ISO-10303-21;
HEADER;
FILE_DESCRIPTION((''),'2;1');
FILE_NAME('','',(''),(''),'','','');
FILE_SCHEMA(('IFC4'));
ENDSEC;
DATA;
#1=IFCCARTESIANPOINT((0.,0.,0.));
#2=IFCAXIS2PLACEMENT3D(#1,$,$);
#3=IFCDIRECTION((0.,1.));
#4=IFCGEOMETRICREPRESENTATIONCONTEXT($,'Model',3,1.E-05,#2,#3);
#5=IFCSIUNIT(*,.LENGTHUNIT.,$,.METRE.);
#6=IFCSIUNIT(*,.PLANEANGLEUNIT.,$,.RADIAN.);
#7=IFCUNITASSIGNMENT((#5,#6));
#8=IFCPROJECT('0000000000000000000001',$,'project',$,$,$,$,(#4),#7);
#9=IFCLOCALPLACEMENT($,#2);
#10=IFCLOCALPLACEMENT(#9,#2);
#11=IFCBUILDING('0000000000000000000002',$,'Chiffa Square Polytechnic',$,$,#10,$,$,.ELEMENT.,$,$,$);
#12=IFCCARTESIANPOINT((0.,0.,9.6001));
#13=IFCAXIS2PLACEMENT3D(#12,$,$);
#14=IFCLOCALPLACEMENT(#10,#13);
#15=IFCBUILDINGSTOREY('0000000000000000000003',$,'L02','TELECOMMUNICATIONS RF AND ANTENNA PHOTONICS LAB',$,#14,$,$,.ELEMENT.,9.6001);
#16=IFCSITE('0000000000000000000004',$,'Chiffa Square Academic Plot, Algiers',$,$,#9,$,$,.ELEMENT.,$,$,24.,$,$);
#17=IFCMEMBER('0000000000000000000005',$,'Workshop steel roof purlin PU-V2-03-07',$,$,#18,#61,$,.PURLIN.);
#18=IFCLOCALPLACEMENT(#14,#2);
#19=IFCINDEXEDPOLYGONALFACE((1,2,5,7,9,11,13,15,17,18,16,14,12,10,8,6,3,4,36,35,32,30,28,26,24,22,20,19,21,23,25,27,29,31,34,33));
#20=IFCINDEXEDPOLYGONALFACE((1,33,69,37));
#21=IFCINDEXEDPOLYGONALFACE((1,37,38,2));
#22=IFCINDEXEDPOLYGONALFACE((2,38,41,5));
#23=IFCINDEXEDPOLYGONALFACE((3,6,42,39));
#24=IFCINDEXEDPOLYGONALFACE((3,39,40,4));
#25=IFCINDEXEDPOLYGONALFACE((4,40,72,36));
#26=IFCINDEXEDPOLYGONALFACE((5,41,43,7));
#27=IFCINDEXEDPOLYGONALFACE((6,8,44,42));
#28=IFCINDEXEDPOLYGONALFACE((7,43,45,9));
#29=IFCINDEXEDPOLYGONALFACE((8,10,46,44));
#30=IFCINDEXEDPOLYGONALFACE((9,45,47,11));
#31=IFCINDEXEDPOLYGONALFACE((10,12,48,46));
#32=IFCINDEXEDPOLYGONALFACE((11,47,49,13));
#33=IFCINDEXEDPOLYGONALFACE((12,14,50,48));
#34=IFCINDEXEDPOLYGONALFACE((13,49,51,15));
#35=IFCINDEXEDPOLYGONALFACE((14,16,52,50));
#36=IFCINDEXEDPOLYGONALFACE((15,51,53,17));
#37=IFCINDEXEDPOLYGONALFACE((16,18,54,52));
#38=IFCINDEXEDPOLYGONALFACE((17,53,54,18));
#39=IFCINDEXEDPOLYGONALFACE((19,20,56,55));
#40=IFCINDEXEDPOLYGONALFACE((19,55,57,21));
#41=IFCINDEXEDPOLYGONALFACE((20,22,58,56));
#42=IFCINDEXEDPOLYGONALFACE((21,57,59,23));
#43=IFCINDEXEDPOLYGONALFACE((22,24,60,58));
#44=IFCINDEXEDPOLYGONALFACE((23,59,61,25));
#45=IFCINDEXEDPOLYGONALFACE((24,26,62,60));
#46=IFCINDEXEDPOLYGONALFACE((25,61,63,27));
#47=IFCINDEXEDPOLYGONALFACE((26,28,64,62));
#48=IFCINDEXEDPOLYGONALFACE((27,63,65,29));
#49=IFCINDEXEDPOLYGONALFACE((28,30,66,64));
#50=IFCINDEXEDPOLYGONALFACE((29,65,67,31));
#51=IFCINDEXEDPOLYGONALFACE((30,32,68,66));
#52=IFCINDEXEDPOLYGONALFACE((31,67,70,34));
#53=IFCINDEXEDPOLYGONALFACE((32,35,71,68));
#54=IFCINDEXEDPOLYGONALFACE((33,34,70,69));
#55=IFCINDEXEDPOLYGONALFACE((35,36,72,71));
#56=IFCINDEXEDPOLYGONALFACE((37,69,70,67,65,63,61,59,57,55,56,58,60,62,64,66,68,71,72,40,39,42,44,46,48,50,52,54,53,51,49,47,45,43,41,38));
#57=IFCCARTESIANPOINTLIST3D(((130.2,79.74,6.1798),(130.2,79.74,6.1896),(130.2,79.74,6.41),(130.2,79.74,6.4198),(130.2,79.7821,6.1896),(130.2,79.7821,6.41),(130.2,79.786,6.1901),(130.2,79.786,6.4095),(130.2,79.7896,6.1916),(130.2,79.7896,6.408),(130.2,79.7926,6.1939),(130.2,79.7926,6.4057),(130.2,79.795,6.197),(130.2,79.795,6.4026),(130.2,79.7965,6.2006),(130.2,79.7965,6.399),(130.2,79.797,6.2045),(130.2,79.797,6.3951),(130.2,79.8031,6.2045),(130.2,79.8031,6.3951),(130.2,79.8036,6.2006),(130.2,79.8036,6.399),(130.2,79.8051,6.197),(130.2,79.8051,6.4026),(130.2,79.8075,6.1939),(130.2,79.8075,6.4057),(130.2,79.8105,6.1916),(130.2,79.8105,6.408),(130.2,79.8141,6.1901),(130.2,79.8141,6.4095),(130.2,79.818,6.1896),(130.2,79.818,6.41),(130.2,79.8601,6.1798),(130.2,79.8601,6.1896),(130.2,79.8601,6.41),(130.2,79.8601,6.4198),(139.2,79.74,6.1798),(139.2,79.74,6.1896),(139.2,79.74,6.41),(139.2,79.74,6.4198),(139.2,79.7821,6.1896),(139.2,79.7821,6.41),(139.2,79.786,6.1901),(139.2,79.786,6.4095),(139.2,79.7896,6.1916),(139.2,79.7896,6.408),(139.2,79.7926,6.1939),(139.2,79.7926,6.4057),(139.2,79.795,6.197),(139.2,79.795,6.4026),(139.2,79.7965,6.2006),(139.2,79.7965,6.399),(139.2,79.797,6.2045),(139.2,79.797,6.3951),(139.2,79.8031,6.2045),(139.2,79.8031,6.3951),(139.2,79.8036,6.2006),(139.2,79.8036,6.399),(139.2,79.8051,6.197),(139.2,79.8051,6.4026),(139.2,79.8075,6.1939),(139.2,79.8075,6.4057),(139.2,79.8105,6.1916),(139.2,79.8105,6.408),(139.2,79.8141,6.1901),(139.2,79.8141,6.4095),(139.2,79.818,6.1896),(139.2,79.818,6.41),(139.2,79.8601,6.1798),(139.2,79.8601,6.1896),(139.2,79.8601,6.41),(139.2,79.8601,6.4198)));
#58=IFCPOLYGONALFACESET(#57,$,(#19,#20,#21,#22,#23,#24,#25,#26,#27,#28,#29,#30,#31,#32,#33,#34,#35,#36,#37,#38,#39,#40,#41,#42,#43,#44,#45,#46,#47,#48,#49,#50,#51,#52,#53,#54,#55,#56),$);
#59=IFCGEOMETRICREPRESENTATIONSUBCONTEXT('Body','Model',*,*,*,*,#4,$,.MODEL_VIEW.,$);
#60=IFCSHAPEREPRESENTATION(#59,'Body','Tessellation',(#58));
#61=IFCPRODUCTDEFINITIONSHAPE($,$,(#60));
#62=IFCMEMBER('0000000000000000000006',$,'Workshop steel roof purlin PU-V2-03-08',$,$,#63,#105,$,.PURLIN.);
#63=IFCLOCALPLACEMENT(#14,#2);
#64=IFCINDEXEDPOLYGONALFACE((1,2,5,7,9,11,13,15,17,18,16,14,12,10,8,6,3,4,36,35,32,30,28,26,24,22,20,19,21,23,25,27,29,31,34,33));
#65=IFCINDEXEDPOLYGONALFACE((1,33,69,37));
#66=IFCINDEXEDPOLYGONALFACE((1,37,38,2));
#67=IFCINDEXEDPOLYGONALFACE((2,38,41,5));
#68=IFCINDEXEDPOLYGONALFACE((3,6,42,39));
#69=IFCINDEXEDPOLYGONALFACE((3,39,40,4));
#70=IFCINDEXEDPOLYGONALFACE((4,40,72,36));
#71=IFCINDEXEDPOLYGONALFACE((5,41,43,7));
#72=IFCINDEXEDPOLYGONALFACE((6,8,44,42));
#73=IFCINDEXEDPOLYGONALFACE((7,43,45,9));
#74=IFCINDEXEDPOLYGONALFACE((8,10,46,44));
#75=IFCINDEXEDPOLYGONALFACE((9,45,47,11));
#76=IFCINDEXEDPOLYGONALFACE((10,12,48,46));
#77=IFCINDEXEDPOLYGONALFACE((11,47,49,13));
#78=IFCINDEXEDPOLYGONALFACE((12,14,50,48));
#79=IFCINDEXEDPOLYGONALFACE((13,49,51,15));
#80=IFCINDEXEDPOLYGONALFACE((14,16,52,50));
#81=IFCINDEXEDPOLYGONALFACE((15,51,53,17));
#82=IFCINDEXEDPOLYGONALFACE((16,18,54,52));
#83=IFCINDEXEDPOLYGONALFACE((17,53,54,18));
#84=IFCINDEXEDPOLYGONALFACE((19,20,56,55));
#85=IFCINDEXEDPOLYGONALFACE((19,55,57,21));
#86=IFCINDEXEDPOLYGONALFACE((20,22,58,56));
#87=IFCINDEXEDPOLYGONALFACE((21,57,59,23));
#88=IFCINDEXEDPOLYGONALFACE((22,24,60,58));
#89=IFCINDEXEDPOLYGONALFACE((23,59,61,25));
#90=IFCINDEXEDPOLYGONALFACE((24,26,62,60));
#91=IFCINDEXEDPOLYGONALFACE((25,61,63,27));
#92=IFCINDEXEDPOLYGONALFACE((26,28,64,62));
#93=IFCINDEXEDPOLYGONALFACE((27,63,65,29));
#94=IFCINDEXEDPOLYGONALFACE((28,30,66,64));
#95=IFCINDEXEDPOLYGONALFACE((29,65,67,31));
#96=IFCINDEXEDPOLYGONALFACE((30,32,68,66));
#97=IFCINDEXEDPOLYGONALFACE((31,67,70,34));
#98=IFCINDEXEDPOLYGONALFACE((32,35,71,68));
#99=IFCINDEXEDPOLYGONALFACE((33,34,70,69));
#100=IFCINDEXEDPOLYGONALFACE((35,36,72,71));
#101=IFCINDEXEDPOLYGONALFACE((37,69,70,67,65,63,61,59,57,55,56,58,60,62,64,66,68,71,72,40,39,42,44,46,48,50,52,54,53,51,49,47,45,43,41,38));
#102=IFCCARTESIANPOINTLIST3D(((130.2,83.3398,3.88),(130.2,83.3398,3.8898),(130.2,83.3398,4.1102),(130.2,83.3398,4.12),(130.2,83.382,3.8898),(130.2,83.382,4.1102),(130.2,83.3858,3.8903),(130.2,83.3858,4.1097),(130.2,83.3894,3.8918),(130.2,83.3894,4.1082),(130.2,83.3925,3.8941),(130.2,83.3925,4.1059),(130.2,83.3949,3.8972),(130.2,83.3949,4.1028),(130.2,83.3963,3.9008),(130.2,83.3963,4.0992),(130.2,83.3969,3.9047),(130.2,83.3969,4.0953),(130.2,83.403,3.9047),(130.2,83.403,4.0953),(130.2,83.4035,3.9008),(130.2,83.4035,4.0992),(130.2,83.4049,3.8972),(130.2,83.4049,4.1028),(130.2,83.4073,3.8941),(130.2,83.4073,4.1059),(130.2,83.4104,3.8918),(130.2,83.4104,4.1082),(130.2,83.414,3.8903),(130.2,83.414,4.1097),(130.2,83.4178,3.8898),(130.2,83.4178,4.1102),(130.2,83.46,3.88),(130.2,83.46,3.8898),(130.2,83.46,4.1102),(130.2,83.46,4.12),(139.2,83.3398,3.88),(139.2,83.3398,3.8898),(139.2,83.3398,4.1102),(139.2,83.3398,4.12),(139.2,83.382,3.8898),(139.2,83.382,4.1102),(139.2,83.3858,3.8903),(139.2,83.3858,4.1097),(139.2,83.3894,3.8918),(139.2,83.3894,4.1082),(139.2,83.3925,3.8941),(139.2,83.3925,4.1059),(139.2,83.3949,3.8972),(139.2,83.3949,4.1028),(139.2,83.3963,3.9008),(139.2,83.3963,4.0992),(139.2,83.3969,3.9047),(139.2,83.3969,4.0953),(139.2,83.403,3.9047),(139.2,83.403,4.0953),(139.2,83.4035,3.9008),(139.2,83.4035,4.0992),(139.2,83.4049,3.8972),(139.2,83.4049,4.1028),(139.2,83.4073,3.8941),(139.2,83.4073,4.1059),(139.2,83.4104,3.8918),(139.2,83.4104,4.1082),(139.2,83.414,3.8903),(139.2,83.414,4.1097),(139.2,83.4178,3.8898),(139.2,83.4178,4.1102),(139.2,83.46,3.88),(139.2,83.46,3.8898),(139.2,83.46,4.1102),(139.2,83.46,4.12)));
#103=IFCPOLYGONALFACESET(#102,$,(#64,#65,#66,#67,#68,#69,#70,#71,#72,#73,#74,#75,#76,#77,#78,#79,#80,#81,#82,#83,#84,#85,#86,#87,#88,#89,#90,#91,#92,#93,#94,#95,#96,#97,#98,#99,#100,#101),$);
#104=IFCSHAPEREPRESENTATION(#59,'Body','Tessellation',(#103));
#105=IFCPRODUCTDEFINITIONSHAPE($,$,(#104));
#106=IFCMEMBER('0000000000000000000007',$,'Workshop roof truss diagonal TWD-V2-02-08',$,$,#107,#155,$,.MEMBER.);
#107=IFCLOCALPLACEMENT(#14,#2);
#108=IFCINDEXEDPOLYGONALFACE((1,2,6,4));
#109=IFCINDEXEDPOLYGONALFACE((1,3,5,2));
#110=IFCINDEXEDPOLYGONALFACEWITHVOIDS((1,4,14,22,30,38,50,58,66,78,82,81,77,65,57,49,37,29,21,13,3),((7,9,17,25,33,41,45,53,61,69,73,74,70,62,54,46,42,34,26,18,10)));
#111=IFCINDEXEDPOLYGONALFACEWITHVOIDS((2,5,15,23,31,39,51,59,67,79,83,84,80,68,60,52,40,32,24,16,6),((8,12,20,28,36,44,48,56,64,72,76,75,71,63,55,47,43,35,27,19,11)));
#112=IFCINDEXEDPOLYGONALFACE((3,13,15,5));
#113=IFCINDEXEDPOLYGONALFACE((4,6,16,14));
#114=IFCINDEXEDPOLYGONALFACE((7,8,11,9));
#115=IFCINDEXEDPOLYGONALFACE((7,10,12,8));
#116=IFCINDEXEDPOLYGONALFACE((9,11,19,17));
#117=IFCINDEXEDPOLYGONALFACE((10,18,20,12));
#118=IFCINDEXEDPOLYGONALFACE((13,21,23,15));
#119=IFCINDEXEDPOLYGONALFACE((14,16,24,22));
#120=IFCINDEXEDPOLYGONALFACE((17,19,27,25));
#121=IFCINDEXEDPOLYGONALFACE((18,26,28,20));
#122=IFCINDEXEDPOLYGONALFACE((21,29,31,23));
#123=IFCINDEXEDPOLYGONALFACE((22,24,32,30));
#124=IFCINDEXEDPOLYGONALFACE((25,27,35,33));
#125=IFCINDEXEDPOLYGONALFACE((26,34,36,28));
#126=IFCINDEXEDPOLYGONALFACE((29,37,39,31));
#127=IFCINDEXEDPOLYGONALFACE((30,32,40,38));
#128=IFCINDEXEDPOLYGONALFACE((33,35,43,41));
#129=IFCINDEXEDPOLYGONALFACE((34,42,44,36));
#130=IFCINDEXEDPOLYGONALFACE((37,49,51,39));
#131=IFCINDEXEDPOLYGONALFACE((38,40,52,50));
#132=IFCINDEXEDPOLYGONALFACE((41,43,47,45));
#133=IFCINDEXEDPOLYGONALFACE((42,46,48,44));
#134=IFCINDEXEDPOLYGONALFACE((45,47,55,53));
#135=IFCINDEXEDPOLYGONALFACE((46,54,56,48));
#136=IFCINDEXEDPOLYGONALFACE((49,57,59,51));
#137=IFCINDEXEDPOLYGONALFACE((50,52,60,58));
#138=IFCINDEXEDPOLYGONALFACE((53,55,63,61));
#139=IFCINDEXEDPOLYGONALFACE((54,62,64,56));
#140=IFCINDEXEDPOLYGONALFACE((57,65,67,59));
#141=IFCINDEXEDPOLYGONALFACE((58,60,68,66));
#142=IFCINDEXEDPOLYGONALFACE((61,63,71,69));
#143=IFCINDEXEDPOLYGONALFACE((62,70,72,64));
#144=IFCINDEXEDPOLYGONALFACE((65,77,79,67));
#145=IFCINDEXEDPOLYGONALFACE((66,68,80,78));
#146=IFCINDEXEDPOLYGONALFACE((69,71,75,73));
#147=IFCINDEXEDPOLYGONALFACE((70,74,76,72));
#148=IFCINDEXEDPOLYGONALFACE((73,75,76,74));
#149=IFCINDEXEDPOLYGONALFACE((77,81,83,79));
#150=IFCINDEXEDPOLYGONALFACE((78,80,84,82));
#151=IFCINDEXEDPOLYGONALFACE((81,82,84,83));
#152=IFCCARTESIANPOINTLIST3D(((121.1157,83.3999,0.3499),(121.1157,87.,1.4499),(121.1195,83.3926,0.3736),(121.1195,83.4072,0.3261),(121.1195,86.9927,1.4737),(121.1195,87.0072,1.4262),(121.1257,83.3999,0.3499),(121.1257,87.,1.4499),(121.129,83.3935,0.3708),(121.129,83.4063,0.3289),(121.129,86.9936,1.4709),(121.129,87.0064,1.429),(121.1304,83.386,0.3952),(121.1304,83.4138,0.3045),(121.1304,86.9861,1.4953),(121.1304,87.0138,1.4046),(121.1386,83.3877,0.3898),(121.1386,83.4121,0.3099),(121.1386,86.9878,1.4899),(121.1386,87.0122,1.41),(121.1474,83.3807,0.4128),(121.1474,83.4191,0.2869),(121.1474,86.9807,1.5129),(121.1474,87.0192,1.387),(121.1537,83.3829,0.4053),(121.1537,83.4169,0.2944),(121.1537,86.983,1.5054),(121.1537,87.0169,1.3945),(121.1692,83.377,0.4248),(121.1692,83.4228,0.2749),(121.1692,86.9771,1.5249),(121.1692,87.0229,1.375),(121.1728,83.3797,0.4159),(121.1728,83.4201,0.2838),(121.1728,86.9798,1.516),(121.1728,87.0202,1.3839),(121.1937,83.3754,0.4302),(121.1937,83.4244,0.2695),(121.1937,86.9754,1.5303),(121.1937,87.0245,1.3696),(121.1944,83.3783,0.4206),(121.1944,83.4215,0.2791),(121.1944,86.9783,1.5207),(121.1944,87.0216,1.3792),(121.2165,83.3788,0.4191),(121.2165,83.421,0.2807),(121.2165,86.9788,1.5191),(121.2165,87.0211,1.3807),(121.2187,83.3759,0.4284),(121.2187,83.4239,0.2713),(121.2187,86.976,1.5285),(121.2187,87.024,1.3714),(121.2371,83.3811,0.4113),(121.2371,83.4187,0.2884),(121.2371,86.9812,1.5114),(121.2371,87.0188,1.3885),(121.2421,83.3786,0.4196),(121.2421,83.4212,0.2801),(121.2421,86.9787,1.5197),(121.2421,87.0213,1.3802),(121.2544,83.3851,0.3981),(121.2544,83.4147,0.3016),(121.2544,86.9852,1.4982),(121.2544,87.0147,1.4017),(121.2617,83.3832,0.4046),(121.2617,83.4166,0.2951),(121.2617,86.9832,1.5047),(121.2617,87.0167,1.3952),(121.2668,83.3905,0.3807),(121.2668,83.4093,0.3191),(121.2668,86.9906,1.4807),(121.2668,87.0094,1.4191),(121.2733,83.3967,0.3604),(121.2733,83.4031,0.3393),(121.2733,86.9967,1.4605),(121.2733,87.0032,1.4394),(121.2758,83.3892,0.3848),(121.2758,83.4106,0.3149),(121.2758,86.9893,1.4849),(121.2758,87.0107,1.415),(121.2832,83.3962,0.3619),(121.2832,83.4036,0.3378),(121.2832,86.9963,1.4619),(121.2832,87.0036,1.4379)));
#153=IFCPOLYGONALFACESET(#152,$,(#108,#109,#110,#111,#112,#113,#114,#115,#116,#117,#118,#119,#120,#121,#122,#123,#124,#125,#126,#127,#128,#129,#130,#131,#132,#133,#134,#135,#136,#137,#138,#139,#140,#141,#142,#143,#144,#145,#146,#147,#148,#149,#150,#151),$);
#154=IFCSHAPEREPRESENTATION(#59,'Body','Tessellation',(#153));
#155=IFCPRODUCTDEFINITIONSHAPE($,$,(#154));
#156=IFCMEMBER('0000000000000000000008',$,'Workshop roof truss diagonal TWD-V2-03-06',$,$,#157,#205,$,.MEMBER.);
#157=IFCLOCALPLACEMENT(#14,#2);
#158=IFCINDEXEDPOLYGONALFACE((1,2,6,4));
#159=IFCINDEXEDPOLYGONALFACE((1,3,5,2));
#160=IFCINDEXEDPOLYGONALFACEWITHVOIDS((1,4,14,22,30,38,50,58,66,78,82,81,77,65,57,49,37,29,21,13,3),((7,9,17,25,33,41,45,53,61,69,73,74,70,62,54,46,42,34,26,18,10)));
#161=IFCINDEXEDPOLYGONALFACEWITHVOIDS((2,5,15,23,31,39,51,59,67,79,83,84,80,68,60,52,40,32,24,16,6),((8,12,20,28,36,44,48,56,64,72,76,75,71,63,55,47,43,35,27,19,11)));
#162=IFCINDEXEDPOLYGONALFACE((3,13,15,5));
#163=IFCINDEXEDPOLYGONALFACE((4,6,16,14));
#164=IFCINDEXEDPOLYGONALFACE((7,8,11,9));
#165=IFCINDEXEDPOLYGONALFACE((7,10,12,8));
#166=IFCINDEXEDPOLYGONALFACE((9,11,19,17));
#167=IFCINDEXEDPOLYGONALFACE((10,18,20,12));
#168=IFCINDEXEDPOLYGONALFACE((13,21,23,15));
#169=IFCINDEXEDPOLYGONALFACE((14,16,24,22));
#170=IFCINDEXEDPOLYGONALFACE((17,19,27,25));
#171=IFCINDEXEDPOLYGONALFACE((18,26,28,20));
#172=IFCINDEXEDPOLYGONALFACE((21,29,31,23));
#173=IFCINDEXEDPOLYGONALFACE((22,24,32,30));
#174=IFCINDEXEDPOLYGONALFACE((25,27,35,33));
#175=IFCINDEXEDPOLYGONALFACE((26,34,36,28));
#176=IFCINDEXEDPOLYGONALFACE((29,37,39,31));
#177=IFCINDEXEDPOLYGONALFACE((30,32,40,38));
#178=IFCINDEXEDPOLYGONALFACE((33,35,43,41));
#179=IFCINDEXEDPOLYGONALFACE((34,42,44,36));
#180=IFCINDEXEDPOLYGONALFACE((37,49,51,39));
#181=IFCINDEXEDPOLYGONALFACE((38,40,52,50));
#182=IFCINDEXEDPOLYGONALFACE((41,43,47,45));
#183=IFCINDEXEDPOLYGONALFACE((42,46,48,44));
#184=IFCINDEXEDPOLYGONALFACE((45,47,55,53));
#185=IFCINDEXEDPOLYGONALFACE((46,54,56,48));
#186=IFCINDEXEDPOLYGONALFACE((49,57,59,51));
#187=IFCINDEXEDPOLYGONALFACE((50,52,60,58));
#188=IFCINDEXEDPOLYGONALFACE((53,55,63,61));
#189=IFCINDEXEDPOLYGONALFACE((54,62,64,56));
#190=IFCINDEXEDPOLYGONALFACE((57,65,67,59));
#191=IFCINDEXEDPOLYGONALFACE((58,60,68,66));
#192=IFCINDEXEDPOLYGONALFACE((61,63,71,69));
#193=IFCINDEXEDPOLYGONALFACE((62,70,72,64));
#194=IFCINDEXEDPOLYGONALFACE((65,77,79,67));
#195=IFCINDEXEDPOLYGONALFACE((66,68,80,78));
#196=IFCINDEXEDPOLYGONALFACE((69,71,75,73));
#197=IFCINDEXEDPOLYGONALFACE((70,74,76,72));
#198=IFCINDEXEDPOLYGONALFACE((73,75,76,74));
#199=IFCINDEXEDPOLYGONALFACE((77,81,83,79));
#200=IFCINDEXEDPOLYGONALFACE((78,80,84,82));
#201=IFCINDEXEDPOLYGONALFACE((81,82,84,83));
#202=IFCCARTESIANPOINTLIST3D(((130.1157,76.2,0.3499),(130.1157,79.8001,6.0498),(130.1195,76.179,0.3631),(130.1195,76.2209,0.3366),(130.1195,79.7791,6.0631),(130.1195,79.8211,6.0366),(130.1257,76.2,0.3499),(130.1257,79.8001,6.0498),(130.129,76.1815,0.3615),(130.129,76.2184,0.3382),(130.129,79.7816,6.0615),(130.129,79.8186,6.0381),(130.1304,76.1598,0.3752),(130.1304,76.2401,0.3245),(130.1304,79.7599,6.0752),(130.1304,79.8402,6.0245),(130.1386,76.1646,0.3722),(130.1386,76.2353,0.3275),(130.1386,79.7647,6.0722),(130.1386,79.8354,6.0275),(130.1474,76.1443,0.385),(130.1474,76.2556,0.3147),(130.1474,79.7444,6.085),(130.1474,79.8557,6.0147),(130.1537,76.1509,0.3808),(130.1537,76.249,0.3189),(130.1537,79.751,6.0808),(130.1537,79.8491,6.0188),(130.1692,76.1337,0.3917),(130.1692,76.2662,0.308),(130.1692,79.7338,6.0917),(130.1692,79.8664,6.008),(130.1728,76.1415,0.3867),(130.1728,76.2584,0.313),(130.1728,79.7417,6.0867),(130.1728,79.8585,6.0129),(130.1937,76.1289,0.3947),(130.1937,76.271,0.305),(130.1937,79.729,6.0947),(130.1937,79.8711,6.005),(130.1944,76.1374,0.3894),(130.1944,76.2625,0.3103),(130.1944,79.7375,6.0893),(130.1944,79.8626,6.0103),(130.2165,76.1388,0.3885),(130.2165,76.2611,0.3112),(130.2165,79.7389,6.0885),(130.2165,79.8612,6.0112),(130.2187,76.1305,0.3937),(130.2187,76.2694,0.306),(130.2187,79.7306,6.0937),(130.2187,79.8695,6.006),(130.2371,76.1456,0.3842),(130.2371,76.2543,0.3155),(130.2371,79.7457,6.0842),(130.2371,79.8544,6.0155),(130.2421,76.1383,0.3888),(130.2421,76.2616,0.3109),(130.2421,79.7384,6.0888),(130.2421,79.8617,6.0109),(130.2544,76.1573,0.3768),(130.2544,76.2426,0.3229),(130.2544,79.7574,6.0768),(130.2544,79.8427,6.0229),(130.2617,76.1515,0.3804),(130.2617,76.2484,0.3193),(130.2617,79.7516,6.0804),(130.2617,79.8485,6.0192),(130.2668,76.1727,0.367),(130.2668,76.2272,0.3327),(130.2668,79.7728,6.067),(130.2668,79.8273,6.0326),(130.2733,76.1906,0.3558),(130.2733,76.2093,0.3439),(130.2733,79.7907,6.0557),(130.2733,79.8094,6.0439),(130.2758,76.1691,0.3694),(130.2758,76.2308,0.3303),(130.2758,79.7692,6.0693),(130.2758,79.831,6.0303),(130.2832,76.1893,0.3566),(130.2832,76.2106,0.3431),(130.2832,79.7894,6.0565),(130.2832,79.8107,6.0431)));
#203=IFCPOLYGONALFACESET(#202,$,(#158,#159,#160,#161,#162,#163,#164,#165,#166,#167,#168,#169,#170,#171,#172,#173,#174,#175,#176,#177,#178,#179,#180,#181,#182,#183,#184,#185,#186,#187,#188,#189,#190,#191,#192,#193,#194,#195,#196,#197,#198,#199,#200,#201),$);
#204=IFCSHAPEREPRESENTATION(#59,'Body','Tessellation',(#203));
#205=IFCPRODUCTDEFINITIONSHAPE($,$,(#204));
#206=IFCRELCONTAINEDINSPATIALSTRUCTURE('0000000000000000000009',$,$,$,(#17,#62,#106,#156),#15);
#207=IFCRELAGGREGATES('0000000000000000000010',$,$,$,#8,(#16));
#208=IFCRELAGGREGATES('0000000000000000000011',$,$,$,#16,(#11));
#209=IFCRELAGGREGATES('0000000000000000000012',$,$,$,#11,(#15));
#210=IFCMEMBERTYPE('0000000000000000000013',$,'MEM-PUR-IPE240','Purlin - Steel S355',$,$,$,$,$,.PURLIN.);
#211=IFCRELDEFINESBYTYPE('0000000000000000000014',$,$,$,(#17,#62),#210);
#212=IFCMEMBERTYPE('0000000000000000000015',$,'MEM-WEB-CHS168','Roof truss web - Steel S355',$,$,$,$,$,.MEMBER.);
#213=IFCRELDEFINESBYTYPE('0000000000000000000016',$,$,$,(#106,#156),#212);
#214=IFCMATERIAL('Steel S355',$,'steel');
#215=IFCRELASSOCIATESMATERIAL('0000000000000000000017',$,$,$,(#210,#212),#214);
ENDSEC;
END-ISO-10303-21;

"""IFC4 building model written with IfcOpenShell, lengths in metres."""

from ifc_helpers import new_model, si_unit, direction, frame, origin, origin_2d, place, context, subcontext, project, spatial, hollow_circle, i_section, extrude, material, material_profile, profile_set, type_object, element, save


model = new_model("IFC4")

# Units and contexts
model_context = context("Model", 3, precision=1e-05, world=origin(), true_north=direction((0.0, 1.0)))
body_context = subcontext(model_context, "Body", "Model", "MODEL_VIEW")
ifc_project = project(units=[si_unit("LENGTHUNIT", "METRE"), si_unit("PLANEANGLEUNIT", "RADIAN")], contexts=[model_context])

# Site, building, storey
site_placement = place(None, origin())
site = spatial("IfcSite", under=ifc_project, at=site_placement, Name="Chiffa Square Academic Plot, Algiers", CompositionType="ELEMENT", RefElevation=24.0)
building_placement = place(site_placement, origin())
building = spatial("IfcBuilding", under=site, at=building_placement, Name="Chiffa Square Polytechnic", CompositionType="ELEMENT")
storey_placement = place(building_placement, frame((0.0, 0.0, 9.6001)))
storey = spatial("IfcBuildingStorey", under=building, at=storey_placement, Name="L02", Description="TELECOMMUNICATIONS RF AND ANTENNA PHOTONICS LAB", CompositionType="ELEMENT", Elevation=9.6001)

# Shared definitions
ifc_material = material(Name="Steel S355", Category="steel")

# Members
ifc_material_profile_1 = material_profile(ifc_material, i_section(OverallWidth=0.1201, OverallDepth=0.24, WebThickness=0.0061, FlangeThickness=0.0098, FilletRadius=0.0149, at=origin_2d()), Name="IPE 240")
ifc_profile_set_1 = profile_set([ifc_material_profile_1], Name="Steel S355")
member_type_1 = type_object("IfcMemberType", Name="MEM-PUR-IPE240", Description="Purlin - Steel S355", PredefinedType="PURLIN", material=ifc_profile_set_1)
for number, where, z_axis, x_axis, name in (
    (1, (130.2, 79.8, 6.2998), (1.0, 0.0, 0.0), (0.0, 1.0, 0.0), "Workshop steel roof purlin PU-V2-03-07"),
    (2, (130.2, 83.3999, 4.0), (1.0, 0.0, 0.0), (0.0, 1.0, 0.0), "Workshop steel roof purlin PU-V2-03-08"),
):
    element("IfcMember", number, at=place(storey_placement, frame(where, z_axis=z_axis, x_axis=x_axis)), inside=storey, type_object=member_type_1, Name=name, PredefinedType="PURLIN", context=body_context, shape_type="SweptSolid", body=[
        extrude(i_section(OverallWidth=0.1201, OverallDepth=0.24, WebThickness=0.0061, FlangeThickness=0.0098, FilletRadius=0.0149, at=origin_2d()), origin(), (0.0, 0.0, 1.0), 9.0),
    ])
ifc_material_profile_2 = material_profile(ifc_material, hollow_circle(Radius=0.0842, WallThickness=0.01, at=origin_2d()), Name="CHS 168.3x10")
ifc_profile_set_2 = profile_set([ifc_material_profile_2], Name="Steel S355")
member_type_2 = type_object("IfcMemberType", Name="MEM-WEB-CHS168", Description="Roof truss web - Steel S355", PredefinedType="MEMBER", material=ifc_profile_set_2)
member_1_placement = place(storey_placement, frame((121.2, 83.3999, 0.3499), z_axis=(0.0, 0.956347, 0.292235), x_axis=(-1.0, 0.0, 0.0)))
element("IfcMember", 3, at=member_1_placement, inside=storey, type_object=member_type_2, Name="Workshop roof truss diagonal TWD-V2-02-08", PredefinedType="MEMBER", context=body_context, shape_type="SweptSolid", body=[
    extrude(hollow_circle(Radius=0.0842, WallThickness=0.01, at=origin_2d()), origin(), (0.0, 0.0, 1.0), 3.7644),
])
member_2_placement = place(storey_placement, frame((130.2, 76.2, 0.3499), z_axis=(0.0, 0.534007, 0.84548), x_axis=(-1.0, 0.0, 0.0)))
element("IfcMember", 4, at=member_2_placement, inside=storey, type_object=member_type_2, Name="Workshop roof truss diagonal TWD-V2-03-06", PredefinedType="MEMBER", context=body_context, shape_type="SweptSolid", body=[
    extrude(hollow_circle(Radius=0.0842, WallThickness=0.01, at=origin_2d()), origin(), (0.0, 0.0, 1.0), 6.7417),
])

save(model, "model.ifc")
